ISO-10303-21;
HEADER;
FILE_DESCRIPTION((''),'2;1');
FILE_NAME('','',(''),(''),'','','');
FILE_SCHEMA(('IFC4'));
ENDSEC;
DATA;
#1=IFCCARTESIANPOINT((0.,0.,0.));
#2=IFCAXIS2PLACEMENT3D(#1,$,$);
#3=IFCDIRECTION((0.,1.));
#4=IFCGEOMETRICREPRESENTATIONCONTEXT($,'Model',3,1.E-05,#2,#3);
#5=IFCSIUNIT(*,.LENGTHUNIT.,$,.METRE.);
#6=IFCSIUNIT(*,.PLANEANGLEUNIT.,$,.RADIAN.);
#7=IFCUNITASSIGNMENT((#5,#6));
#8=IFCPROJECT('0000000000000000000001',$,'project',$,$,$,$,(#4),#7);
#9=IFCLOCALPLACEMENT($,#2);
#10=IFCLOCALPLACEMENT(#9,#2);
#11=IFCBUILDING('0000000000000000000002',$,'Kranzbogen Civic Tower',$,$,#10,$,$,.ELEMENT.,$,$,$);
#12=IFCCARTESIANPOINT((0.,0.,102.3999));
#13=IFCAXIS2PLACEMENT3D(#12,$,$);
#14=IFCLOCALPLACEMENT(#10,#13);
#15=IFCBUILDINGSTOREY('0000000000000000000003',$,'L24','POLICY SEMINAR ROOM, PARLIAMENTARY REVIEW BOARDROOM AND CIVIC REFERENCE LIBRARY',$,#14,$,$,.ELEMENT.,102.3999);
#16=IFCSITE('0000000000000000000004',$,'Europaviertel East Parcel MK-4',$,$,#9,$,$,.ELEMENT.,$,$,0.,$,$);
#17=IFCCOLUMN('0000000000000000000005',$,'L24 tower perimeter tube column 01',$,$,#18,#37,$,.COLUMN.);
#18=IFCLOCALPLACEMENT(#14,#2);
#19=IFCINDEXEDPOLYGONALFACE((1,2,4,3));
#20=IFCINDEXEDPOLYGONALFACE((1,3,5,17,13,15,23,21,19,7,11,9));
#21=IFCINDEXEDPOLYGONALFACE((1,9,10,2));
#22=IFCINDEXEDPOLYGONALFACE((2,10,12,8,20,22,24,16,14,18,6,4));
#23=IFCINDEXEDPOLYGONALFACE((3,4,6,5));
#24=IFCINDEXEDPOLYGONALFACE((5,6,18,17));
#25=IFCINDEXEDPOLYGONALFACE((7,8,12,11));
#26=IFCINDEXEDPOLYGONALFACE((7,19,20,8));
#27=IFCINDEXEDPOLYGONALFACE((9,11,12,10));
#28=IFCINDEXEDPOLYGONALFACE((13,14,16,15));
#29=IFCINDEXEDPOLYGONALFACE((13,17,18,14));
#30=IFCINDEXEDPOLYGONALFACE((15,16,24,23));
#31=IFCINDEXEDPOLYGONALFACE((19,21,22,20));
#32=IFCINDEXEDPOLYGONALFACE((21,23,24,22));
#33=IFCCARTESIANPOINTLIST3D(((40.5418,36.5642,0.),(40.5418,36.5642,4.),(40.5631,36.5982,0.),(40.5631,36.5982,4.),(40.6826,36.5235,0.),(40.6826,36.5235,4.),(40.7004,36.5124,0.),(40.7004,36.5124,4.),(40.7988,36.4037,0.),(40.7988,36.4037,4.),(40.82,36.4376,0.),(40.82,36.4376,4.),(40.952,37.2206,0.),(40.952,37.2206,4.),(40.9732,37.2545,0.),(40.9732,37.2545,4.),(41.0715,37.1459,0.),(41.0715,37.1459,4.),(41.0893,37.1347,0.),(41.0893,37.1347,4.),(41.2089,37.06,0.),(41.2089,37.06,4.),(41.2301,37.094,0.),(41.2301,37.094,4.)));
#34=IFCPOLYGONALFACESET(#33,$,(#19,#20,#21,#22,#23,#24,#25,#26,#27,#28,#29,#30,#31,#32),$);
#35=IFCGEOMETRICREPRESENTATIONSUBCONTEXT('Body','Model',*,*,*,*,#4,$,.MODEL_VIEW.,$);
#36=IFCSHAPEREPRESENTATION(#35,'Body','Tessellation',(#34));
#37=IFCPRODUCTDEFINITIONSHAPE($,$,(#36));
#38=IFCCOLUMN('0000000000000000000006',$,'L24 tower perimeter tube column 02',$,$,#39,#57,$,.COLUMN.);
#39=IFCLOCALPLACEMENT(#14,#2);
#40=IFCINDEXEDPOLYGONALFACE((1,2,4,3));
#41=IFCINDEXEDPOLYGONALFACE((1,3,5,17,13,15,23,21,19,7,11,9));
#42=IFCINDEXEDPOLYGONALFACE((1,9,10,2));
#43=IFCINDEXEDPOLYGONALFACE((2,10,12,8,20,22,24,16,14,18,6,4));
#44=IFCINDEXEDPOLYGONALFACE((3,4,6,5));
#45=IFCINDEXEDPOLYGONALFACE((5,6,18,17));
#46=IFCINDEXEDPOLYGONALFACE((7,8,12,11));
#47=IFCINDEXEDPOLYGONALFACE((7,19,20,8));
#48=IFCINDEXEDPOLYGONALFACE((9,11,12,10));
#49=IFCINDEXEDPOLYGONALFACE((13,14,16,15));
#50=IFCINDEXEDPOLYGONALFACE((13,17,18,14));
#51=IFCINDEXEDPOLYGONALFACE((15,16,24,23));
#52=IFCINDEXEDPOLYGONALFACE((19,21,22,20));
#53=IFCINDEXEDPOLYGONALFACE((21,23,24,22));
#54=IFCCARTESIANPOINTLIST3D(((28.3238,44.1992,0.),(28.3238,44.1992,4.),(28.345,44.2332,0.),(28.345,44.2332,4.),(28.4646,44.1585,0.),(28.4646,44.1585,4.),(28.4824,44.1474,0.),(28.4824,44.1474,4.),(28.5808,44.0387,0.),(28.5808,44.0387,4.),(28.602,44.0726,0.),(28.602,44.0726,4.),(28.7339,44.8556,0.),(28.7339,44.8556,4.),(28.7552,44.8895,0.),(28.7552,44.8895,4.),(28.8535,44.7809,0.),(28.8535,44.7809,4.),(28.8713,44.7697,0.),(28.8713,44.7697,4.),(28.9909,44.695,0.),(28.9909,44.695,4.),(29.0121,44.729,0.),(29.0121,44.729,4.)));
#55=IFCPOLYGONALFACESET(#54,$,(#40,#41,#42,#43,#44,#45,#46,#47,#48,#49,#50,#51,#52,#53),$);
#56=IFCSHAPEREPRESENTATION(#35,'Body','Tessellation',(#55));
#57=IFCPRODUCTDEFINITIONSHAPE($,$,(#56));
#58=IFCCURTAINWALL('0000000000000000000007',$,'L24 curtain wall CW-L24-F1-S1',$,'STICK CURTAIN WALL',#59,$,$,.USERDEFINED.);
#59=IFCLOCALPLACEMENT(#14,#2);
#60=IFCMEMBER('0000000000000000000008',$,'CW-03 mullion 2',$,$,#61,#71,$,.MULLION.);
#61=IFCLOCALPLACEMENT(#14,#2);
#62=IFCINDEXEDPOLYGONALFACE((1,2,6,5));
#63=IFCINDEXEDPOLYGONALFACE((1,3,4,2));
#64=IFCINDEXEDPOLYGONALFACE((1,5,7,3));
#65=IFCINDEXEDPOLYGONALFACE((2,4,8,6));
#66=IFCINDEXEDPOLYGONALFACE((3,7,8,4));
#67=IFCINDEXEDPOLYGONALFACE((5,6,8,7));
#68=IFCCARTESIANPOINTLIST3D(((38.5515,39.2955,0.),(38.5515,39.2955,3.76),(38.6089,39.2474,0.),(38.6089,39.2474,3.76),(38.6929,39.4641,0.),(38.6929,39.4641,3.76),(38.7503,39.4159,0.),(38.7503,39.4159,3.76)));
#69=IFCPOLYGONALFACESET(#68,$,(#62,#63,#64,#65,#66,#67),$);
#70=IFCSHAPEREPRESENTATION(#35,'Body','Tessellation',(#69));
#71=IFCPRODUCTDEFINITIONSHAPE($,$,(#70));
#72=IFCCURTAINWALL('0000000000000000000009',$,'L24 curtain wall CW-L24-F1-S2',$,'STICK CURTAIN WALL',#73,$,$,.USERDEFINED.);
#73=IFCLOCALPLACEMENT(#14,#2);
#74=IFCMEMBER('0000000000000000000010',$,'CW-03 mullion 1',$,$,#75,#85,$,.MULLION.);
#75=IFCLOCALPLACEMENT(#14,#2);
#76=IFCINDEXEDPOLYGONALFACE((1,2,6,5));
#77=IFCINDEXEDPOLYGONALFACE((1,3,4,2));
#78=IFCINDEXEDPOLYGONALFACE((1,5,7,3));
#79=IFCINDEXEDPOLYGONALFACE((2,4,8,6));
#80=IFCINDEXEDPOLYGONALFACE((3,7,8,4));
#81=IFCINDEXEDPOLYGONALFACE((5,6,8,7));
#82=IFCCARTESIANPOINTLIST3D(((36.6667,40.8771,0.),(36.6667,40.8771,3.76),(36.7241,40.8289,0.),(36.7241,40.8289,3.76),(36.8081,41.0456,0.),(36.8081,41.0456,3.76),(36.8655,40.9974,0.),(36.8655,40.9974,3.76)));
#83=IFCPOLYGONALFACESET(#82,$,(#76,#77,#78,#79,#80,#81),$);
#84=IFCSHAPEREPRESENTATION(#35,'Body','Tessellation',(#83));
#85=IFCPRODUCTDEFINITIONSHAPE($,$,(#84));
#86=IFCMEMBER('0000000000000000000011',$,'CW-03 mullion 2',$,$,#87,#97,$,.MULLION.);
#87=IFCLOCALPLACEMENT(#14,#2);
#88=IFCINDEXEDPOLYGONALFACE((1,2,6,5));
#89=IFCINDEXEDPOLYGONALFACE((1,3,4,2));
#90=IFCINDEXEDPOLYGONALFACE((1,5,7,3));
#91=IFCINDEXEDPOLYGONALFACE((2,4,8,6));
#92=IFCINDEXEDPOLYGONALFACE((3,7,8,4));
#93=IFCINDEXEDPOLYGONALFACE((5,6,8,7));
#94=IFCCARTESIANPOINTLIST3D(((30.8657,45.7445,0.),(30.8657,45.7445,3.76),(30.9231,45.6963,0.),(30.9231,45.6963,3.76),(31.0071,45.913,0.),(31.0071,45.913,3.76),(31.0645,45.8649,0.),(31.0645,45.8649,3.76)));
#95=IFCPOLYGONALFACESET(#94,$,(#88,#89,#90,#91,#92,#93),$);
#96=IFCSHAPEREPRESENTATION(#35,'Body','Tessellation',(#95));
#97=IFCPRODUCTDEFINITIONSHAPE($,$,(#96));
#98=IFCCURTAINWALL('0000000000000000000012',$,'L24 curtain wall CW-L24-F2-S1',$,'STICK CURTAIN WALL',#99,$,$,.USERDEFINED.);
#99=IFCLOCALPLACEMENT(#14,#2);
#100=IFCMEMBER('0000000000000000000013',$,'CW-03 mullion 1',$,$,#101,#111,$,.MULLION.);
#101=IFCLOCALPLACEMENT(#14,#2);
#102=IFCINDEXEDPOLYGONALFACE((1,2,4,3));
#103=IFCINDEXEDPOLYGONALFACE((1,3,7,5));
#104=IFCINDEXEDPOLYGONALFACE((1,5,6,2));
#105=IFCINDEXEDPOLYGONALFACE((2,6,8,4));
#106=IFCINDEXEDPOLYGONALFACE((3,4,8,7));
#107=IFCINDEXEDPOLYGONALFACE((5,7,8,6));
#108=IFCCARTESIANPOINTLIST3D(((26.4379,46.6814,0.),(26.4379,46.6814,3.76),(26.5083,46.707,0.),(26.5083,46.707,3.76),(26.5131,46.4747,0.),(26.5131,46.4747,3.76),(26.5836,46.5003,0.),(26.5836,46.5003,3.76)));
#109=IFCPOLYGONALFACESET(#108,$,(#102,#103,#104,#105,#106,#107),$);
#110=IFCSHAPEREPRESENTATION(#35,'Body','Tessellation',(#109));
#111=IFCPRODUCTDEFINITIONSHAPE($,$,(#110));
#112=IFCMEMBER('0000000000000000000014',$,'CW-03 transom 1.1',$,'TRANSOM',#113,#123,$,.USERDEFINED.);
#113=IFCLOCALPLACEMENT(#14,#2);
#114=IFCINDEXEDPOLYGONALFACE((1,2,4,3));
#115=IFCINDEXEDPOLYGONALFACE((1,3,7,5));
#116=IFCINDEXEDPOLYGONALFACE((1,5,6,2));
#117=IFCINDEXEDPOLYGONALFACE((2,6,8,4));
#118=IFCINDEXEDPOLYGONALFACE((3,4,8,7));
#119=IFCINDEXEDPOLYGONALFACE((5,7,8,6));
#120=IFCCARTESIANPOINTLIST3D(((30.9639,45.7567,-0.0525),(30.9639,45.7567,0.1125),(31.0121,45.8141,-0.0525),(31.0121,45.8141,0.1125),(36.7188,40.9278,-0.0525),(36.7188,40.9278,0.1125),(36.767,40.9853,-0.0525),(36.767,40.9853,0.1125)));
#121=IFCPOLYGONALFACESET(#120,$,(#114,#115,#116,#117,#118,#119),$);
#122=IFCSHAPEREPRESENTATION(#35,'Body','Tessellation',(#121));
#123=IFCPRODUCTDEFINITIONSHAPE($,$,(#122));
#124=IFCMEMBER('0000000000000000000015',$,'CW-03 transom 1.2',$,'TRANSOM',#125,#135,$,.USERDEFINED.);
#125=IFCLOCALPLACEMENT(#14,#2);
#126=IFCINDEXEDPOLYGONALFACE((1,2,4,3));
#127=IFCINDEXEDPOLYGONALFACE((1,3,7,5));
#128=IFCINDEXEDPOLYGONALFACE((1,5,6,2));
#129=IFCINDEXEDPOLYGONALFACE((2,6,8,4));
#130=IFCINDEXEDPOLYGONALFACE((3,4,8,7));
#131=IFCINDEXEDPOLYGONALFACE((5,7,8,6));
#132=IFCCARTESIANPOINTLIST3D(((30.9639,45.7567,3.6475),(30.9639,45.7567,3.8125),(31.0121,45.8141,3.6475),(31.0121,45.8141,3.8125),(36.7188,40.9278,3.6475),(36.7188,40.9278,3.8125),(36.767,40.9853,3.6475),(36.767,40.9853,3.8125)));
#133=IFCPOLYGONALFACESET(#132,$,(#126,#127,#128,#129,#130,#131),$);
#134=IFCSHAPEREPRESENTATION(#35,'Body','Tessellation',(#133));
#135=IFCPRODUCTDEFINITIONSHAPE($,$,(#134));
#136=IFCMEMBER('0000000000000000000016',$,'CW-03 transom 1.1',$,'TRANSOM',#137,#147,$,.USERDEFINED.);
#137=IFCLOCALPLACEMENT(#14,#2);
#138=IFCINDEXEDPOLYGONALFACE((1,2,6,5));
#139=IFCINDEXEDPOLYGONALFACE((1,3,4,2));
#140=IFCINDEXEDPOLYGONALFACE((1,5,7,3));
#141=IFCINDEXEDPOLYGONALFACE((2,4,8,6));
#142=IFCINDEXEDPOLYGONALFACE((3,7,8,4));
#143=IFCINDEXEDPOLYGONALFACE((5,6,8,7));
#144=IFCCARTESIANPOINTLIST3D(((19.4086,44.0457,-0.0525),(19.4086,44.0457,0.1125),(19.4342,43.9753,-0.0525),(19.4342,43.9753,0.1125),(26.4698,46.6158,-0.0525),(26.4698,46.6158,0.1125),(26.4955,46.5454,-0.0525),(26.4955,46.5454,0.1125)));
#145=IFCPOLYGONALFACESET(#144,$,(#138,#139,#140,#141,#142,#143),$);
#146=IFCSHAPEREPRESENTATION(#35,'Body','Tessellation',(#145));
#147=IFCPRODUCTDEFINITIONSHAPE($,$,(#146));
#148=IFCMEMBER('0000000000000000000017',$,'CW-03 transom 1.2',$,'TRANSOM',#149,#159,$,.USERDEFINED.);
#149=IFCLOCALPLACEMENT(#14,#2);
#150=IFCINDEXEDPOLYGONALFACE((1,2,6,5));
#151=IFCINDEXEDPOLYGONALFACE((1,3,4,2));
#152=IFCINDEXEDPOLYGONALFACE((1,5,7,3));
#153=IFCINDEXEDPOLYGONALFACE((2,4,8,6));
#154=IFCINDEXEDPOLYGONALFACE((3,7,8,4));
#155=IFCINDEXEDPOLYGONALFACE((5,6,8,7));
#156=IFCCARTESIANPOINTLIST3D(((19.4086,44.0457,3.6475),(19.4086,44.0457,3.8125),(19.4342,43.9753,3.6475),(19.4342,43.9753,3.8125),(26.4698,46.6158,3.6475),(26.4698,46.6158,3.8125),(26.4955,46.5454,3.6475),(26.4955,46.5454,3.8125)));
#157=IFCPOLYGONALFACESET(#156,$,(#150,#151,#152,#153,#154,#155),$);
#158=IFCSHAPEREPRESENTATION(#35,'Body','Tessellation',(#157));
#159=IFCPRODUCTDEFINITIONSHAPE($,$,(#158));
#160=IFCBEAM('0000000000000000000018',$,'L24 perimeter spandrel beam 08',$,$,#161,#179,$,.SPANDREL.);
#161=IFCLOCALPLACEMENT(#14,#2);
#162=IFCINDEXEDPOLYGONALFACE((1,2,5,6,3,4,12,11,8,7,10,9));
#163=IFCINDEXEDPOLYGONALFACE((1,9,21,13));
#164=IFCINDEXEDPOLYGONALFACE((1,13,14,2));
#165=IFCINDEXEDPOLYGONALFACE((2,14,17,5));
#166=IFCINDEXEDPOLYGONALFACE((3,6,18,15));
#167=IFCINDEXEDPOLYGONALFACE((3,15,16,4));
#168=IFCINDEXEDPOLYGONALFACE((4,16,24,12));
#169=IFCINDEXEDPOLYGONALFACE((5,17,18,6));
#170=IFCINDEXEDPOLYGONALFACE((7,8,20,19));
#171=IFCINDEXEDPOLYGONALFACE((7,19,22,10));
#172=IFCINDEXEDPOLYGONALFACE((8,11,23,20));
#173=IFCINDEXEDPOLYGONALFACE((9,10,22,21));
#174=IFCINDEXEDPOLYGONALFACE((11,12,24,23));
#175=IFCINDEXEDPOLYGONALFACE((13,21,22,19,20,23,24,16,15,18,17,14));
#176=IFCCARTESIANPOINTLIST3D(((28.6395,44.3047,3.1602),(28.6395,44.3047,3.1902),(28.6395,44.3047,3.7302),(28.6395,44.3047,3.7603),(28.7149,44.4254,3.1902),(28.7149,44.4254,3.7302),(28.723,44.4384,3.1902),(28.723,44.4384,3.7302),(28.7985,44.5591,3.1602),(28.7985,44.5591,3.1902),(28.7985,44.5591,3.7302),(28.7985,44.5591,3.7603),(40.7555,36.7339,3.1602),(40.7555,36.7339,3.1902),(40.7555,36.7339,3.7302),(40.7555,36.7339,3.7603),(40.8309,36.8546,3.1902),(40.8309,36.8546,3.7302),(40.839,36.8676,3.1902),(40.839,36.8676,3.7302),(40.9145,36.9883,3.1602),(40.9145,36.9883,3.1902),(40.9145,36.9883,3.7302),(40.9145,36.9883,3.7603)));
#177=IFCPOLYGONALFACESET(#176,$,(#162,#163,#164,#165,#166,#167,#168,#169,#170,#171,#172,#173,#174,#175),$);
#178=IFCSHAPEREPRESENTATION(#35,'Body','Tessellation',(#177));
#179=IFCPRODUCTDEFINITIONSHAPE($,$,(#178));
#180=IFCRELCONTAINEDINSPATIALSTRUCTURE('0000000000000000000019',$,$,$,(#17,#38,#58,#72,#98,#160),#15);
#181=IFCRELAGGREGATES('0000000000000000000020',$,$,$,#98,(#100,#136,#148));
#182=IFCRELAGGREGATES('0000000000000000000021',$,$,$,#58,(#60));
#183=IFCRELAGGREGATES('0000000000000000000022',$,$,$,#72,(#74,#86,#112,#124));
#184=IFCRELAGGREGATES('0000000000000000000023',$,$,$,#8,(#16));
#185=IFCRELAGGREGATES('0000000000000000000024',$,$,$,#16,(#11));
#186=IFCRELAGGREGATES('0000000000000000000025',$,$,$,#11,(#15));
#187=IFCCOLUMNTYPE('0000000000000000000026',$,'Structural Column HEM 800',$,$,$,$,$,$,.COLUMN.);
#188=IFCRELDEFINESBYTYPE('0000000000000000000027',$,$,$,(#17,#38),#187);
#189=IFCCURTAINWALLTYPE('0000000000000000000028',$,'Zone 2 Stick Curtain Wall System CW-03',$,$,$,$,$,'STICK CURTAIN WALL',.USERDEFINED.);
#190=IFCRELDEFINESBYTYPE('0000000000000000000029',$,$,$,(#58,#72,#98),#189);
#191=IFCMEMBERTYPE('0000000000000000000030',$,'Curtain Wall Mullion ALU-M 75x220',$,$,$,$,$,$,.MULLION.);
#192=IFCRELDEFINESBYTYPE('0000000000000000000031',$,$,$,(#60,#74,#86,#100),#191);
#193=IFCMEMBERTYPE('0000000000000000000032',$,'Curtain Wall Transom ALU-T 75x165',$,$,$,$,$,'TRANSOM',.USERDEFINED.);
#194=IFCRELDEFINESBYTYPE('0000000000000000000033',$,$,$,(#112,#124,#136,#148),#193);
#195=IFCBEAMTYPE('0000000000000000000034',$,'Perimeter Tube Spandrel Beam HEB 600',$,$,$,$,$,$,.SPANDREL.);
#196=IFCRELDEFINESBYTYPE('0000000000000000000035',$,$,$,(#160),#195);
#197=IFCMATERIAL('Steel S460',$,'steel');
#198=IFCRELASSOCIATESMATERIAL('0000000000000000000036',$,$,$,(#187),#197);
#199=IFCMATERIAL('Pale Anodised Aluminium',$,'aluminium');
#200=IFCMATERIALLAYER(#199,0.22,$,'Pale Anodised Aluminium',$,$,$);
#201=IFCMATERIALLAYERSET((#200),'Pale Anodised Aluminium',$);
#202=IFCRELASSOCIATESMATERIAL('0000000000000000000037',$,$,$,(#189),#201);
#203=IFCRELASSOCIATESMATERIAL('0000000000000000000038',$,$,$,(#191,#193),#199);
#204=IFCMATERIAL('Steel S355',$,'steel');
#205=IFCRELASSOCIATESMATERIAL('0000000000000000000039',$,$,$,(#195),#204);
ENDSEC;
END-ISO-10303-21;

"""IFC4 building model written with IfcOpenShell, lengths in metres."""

from ifc_helpers import new_model, si_unit, direction, frame, origin, origin_2d, place, context, subcontext, project, spatial, rectangle, i_section, extrude, material, layer, layer_set, material_profile, profile_set, type_object, element, aggregate, save


model = new_model("IFC4")

# Units and contexts
model_context = context("Model", 3, precision=1e-05, world=origin(), true_north=direction((0.0, 1.0)))
body_context = subcontext(model_context, "Body", "Model", "MODEL_VIEW")
ifc_project = project(units=[si_unit("LENGTHUNIT", "METRE"), si_unit("PLANEANGLEUNIT", "RADIAN")], contexts=[model_context])

# Site, building, storey
site_placement = place(None, origin())
site = spatial("IfcSite", under=ifc_project, at=site_placement, Name="Europaviertel East Parcel MK-4", CompositionType="ELEMENT", RefElevation=0.0)
building_placement = place(site_placement, origin())
building = spatial("IfcBuilding", under=site, at=building_placement, Name="Kranzbogen Civic Tower", CompositionType="ELEMENT")
storey_placement = place(building_placement, frame((0.0, 0.0, 102.3999)))
storey = spatial("IfcBuildingStorey", under=building, at=storey_placement, Name="L24", Description="POLICY SEMINAR ROOM, PARLIAMENTARY REVIEW BOARDROOM AND CIVIC REFERENCE LIBRARY", CompositionType="ELEMENT", Elevation=102.3999)

# Columns
ifc_material_1 = material(Name="Steel S460", Category="steel")
ifc_material_profile_1 = material_profile(ifc_material_1, i_section(OverallWidth=0.303, OverallDepth=0.814, WebThickness=0.021, FlangeThickness=0.04, at=origin_2d()), Name="HEM 800")
ifc_profile_set_1 = profile_set([ifc_material_profile_1], Name="Steel S460")
column_type = type_object("IfcColumnType", Name="Structural Column HEM 800", PredefinedType="COLUMN", material=ifc_profile_set_1)
for number, where, z_axis, x_axis, name in (
    (1, (40.886, 36.8291, 0.0), (0.0, 0.0, 1.0), (-0.848048, 0.529919, 0.0), "L24 tower perimeter tube column 01"),
    (2, (28.668, 44.4641, 0.0), (0.0, 0.0, 1.0), (-0.848048, 0.529919, 0.0), "L24 tower perimeter tube column 02"),
):
    element("IfcColumn", number, at=place(storey_placement, frame(where, z_axis=z_axis, x_axis=x_axis)), inside=storey, type_object=column_type, Name=name, PredefinedType="COLUMN", context=body_context, shape_type="SweptSolid", body=[
        extrude(i_section(OverallWidth=0.303, OverallDepth=0.814, WebThickness=0.021, FlangeThickness=0.04, at=origin_2d()), origin(), (0.0, 0.0, 1.0), 4.0),
    ])

# Curtain wall, member
ifc_material_2 = material(Name="Pale Anodised Aluminium", Category="aluminium")
ifc_layer_1 = layer(ifc_material_2, 0.22, Name="Pale Anodised Aluminium")
ifc_layer_set_1 = layer_set([ifc_layer_1], Name="Pale Anodised Aluminium")
curtain_wall_type = type_object("IfcCurtainWallType", Name="Zone 2 Stick Curtain Wall System CW-03", ElementType="STICK CURTAIN WALL", PredefinedType="USERDEFINED", material=ifc_layer_set_1)
curtain_wall_1_placement = place(storey_placement, origin())
curtain_wall_1 = element("IfcCurtainWall", 3, at=curtain_wall_1_placement, inside=storey, type_object=curtain_wall_type, Name="L24 curtain wall CW-L24-F1-S1", ObjectType="STICK CURTAIN WALL", PredefinedType="USERDEFINED")
ifc_material_profile_2 = material_profile(ifc_material_2, rectangle(XDim=0.075, YDim=0.22, at=origin_2d()), Name="ALU-M 75x220")
ifc_profile_set_2 = profile_set([ifc_material_profile_2], Name="Pale Anodised Aluminium")
member_type_1 = type_object("IfcMemberType", Name="Curtain Wall Mullion ALU-M 75x220", PredefinedType="MULLION", material=ifc_profile_set_2)
member_1_placement = place(storey_placement, frame((38.6509, 39.3557, 0.0), z_axis=(0.0, 0.0, 1.0), x_axis=(-0.766102, 0.642719, 0.0)))
member_1 = element("IfcMember", 4, at=member_1_placement, type_object=member_type_1, Name="CW-03 mullion 2", PredefinedType="MULLION", context=body_context, shape_type="SweptSolid", body=[
    extrude(rectangle(XDim=0.075, YDim=0.22, at=origin_2d()), origin(), (0.0, 0.0, 1.0), 3.76),
])

# Curtain wall, members
curtain_wall_2_placement = place(storey_placement, origin())
curtain_wall_2 = element("IfcCurtainWall", 5, at=curtain_wall_2_placement, inside=storey, type_object=curtain_wall_type, Name="L24 curtain wall CW-L24-F1-S2", ObjectType="STICK CURTAIN WALL", PredefinedType="USERDEFINED")
member_2_placement = place(storey_placement, frame((36.7661, 40.9373, 0.0), z_axis=(0.0, 0.0, 1.0), x_axis=(-0.766058, 0.642771, 0.0)))
member_2 = element("IfcMember", 6, at=member_2_placement, type_object=member_type_1, Name="CW-03 mullion 1", PredefinedType="MULLION", context=body_context, shape_type="SweptSolid", body=[
    extrude(rectangle(XDim=0.075, YDim=0.22, at=origin_2d()), origin(), (0.0, 0.0, 1.0), 3.76),
])
member_3_placement = place(storey_placement, frame((30.9651, 45.8047, 0.0), z_axis=(0.0, 0.0, 1.0), x_axis=(-0.766058, 0.642771, 0.0)))
member_3 = element("IfcMember", 7, at=member_3_placement, type_object=member_type_1, Name="CW-03 mullion 2", PredefinedType="MULLION", context=body_context, shape_type="SweptSolid", body=[
    extrude(rectangle(XDim=0.075, YDim=0.22, at=origin_2d()), origin(), (0.0, 0.0, 1.0), 3.76),
])

# Curtain wall, member
curtain_wall_3_placement = place(storey_placement, origin())
curtain_wall_3 = element("IfcCurtainWall", 8, at=curtain_wall_3_placement, inside=storey, type_object=curtain_wall_type, Name="L24 curtain wall CW-L24-F2-S1", ObjectType="STICK CURTAIN WALL", PredefinedType="USERDEFINED")
member_4_placement = place(storey_placement, frame((26.5107, 46.5908, 0.0), z_axis=(0.0, 0.0, 1.0), x_axis=(-0.939698, -0.342006, 0.0)))
member_4 = element("IfcMember", 9, at=member_4_placement, type_object=member_type_1, Name="CW-03 mullion 1", PredefinedType="MULLION", context=body_context, shape_type="SweptSolid", body=[
    extrude(rectangle(XDim=0.075, YDim=0.22, at=origin_2d()), origin(), (0.0, 0.0, 1.0), 3.76),
])

# Members
ifc_material_profile_3 = material_profile(ifc_material_2, rectangle(XDim=0.075, YDim=0.165, at=origin_2d()), Name="ALU-T 75x165")
ifc_profile_set_3 = profile_set([ifc_material_profile_3], Name="Pale Anodised Aluminium")
member_type_2 = type_object("IfcMemberType", Name="Curtain Wall Transom ALU-T 75x165", ElementType="TRANSOM", PredefinedType="USERDEFINED", material=ifc_profile_set_3)
member_5_placement = place(storey_placement, frame((36.7429, 40.9565, 0.03), z_axis=(-0.766049, 0.642783, 0.0), x_axis=(-0.642783, -0.766049, 0.0)))
member_5 = element("IfcMember", 10, at=member_5_placement, type_object=member_type_2, Name="CW-03 transom 1.1", ObjectType="TRANSOM", PredefinedType="USERDEFINED", context=body_context, shape_type="SweptSolid", body=[
    extrude(rectangle(XDim=0.075, YDim=0.165, at=origin_2d()), origin(), (0.0, 0.0, 1.0), 7.5125),
])
member_6_placement = place(storey_placement, frame((36.7429, 40.9565, 3.73), z_axis=(-0.766049, 0.642783, 0.0), x_axis=(-0.642783, -0.766049, 0.0)))
member_6 = element("IfcMember", 11, at=member_6_placement, type_object=member_type_2, Name="CW-03 transom 1.2", ObjectType="TRANSOM", PredefinedType="USERDEFINED", context=body_context, shape_type="SweptSolid", body=[
    extrude(rectangle(XDim=0.075, YDim=0.165, at=origin_2d()), origin(), (0.0, 0.0, 1.0), 7.5125),
])
member_7_placement = place(storey_placement, frame((26.4827, 46.5806, 0.03), z_axis=(-0.939694, -0.342017, 0.0), x_axis=(0.342017, -0.939694, 0.0)))
member_7 = element("IfcMember", 12, at=member_7_placement, type_object=member_type_2, Name="CW-03 transom 1.1", ObjectType="TRANSOM", PredefinedType="USERDEFINED", context=body_context, shape_type="SweptSolid", body=[
    extrude(rectangle(XDim=0.075, YDim=0.165, at=origin_2d()), origin(), (0.0, 0.0, 1.0), 7.5144),
])
member_8_placement = place(storey_placement, frame((26.4827, 46.5806, 3.73), z_axis=(-0.939694, -0.342017, 0.0), x_axis=(0.342017, -0.939694, 0.0)))
member_8 = element("IfcMember", 13, at=member_8_placement, type_object=member_type_2, Name="CW-03 transom 1.2", ObjectType="TRANSOM", PredefinedType="USERDEFINED", context=body_context, shape_type="SweptSolid", body=[
    extrude(rectangle(XDim=0.075, YDim=0.165, at=origin_2d()), origin(), (0.0, 0.0, 1.0), 7.5144),
])
aggregate(curtain_wall_3, [member_4, member_7, member_8])

# Beam
ifc_material_3 = material(Name="Steel S355", Category="steel")
ifc_material_profile_4 = material_profile(ifc_material_3, i_section(OverallWidth=0.3, OverallDepth=0.6001, WebThickness=0.0154, FlangeThickness=0.03, at=origin_2d()), Name="HEB 600")
ifc_profile_set_4 = profile_set([ifc_material_profile_4], Name="Steel S355")
beam_type_1 = type_object("IfcBeamType", Name="Perimeter Tube Spandrel Beam HEB 600", PredefinedType="SPANDREL", material=ifc_profile_set_4)
beam_1_placement = place(storey_placement, frame((40.835, 36.8611, 3.4602), z_axis=(-0.848051, 0.529914, 0.0), x_axis=(-0.529914, -0.848051, 0.0)))
element("IfcBeam", 14, at=beam_1_placement, inside=storey, type_object=beam_type_1, Name="L24 perimeter spandrel beam 08", PredefinedType="SPANDREL", context=body_context, shape_type="SweptSolid", body=[
    extrude(i_section(OverallWidth=0.3, OverallDepth=0.6001, WebThickness=0.0154, FlangeThickness=0.03, at=origin_2d()), origin(), (0.0, 0.0, 1.0), 14.2869),
])

aggregate(curtain_wall_1, [member_1])
aggregate(curtain_wall_2, [member_2, member_3, member_5, member_6])

save(model, "model.ifc")
